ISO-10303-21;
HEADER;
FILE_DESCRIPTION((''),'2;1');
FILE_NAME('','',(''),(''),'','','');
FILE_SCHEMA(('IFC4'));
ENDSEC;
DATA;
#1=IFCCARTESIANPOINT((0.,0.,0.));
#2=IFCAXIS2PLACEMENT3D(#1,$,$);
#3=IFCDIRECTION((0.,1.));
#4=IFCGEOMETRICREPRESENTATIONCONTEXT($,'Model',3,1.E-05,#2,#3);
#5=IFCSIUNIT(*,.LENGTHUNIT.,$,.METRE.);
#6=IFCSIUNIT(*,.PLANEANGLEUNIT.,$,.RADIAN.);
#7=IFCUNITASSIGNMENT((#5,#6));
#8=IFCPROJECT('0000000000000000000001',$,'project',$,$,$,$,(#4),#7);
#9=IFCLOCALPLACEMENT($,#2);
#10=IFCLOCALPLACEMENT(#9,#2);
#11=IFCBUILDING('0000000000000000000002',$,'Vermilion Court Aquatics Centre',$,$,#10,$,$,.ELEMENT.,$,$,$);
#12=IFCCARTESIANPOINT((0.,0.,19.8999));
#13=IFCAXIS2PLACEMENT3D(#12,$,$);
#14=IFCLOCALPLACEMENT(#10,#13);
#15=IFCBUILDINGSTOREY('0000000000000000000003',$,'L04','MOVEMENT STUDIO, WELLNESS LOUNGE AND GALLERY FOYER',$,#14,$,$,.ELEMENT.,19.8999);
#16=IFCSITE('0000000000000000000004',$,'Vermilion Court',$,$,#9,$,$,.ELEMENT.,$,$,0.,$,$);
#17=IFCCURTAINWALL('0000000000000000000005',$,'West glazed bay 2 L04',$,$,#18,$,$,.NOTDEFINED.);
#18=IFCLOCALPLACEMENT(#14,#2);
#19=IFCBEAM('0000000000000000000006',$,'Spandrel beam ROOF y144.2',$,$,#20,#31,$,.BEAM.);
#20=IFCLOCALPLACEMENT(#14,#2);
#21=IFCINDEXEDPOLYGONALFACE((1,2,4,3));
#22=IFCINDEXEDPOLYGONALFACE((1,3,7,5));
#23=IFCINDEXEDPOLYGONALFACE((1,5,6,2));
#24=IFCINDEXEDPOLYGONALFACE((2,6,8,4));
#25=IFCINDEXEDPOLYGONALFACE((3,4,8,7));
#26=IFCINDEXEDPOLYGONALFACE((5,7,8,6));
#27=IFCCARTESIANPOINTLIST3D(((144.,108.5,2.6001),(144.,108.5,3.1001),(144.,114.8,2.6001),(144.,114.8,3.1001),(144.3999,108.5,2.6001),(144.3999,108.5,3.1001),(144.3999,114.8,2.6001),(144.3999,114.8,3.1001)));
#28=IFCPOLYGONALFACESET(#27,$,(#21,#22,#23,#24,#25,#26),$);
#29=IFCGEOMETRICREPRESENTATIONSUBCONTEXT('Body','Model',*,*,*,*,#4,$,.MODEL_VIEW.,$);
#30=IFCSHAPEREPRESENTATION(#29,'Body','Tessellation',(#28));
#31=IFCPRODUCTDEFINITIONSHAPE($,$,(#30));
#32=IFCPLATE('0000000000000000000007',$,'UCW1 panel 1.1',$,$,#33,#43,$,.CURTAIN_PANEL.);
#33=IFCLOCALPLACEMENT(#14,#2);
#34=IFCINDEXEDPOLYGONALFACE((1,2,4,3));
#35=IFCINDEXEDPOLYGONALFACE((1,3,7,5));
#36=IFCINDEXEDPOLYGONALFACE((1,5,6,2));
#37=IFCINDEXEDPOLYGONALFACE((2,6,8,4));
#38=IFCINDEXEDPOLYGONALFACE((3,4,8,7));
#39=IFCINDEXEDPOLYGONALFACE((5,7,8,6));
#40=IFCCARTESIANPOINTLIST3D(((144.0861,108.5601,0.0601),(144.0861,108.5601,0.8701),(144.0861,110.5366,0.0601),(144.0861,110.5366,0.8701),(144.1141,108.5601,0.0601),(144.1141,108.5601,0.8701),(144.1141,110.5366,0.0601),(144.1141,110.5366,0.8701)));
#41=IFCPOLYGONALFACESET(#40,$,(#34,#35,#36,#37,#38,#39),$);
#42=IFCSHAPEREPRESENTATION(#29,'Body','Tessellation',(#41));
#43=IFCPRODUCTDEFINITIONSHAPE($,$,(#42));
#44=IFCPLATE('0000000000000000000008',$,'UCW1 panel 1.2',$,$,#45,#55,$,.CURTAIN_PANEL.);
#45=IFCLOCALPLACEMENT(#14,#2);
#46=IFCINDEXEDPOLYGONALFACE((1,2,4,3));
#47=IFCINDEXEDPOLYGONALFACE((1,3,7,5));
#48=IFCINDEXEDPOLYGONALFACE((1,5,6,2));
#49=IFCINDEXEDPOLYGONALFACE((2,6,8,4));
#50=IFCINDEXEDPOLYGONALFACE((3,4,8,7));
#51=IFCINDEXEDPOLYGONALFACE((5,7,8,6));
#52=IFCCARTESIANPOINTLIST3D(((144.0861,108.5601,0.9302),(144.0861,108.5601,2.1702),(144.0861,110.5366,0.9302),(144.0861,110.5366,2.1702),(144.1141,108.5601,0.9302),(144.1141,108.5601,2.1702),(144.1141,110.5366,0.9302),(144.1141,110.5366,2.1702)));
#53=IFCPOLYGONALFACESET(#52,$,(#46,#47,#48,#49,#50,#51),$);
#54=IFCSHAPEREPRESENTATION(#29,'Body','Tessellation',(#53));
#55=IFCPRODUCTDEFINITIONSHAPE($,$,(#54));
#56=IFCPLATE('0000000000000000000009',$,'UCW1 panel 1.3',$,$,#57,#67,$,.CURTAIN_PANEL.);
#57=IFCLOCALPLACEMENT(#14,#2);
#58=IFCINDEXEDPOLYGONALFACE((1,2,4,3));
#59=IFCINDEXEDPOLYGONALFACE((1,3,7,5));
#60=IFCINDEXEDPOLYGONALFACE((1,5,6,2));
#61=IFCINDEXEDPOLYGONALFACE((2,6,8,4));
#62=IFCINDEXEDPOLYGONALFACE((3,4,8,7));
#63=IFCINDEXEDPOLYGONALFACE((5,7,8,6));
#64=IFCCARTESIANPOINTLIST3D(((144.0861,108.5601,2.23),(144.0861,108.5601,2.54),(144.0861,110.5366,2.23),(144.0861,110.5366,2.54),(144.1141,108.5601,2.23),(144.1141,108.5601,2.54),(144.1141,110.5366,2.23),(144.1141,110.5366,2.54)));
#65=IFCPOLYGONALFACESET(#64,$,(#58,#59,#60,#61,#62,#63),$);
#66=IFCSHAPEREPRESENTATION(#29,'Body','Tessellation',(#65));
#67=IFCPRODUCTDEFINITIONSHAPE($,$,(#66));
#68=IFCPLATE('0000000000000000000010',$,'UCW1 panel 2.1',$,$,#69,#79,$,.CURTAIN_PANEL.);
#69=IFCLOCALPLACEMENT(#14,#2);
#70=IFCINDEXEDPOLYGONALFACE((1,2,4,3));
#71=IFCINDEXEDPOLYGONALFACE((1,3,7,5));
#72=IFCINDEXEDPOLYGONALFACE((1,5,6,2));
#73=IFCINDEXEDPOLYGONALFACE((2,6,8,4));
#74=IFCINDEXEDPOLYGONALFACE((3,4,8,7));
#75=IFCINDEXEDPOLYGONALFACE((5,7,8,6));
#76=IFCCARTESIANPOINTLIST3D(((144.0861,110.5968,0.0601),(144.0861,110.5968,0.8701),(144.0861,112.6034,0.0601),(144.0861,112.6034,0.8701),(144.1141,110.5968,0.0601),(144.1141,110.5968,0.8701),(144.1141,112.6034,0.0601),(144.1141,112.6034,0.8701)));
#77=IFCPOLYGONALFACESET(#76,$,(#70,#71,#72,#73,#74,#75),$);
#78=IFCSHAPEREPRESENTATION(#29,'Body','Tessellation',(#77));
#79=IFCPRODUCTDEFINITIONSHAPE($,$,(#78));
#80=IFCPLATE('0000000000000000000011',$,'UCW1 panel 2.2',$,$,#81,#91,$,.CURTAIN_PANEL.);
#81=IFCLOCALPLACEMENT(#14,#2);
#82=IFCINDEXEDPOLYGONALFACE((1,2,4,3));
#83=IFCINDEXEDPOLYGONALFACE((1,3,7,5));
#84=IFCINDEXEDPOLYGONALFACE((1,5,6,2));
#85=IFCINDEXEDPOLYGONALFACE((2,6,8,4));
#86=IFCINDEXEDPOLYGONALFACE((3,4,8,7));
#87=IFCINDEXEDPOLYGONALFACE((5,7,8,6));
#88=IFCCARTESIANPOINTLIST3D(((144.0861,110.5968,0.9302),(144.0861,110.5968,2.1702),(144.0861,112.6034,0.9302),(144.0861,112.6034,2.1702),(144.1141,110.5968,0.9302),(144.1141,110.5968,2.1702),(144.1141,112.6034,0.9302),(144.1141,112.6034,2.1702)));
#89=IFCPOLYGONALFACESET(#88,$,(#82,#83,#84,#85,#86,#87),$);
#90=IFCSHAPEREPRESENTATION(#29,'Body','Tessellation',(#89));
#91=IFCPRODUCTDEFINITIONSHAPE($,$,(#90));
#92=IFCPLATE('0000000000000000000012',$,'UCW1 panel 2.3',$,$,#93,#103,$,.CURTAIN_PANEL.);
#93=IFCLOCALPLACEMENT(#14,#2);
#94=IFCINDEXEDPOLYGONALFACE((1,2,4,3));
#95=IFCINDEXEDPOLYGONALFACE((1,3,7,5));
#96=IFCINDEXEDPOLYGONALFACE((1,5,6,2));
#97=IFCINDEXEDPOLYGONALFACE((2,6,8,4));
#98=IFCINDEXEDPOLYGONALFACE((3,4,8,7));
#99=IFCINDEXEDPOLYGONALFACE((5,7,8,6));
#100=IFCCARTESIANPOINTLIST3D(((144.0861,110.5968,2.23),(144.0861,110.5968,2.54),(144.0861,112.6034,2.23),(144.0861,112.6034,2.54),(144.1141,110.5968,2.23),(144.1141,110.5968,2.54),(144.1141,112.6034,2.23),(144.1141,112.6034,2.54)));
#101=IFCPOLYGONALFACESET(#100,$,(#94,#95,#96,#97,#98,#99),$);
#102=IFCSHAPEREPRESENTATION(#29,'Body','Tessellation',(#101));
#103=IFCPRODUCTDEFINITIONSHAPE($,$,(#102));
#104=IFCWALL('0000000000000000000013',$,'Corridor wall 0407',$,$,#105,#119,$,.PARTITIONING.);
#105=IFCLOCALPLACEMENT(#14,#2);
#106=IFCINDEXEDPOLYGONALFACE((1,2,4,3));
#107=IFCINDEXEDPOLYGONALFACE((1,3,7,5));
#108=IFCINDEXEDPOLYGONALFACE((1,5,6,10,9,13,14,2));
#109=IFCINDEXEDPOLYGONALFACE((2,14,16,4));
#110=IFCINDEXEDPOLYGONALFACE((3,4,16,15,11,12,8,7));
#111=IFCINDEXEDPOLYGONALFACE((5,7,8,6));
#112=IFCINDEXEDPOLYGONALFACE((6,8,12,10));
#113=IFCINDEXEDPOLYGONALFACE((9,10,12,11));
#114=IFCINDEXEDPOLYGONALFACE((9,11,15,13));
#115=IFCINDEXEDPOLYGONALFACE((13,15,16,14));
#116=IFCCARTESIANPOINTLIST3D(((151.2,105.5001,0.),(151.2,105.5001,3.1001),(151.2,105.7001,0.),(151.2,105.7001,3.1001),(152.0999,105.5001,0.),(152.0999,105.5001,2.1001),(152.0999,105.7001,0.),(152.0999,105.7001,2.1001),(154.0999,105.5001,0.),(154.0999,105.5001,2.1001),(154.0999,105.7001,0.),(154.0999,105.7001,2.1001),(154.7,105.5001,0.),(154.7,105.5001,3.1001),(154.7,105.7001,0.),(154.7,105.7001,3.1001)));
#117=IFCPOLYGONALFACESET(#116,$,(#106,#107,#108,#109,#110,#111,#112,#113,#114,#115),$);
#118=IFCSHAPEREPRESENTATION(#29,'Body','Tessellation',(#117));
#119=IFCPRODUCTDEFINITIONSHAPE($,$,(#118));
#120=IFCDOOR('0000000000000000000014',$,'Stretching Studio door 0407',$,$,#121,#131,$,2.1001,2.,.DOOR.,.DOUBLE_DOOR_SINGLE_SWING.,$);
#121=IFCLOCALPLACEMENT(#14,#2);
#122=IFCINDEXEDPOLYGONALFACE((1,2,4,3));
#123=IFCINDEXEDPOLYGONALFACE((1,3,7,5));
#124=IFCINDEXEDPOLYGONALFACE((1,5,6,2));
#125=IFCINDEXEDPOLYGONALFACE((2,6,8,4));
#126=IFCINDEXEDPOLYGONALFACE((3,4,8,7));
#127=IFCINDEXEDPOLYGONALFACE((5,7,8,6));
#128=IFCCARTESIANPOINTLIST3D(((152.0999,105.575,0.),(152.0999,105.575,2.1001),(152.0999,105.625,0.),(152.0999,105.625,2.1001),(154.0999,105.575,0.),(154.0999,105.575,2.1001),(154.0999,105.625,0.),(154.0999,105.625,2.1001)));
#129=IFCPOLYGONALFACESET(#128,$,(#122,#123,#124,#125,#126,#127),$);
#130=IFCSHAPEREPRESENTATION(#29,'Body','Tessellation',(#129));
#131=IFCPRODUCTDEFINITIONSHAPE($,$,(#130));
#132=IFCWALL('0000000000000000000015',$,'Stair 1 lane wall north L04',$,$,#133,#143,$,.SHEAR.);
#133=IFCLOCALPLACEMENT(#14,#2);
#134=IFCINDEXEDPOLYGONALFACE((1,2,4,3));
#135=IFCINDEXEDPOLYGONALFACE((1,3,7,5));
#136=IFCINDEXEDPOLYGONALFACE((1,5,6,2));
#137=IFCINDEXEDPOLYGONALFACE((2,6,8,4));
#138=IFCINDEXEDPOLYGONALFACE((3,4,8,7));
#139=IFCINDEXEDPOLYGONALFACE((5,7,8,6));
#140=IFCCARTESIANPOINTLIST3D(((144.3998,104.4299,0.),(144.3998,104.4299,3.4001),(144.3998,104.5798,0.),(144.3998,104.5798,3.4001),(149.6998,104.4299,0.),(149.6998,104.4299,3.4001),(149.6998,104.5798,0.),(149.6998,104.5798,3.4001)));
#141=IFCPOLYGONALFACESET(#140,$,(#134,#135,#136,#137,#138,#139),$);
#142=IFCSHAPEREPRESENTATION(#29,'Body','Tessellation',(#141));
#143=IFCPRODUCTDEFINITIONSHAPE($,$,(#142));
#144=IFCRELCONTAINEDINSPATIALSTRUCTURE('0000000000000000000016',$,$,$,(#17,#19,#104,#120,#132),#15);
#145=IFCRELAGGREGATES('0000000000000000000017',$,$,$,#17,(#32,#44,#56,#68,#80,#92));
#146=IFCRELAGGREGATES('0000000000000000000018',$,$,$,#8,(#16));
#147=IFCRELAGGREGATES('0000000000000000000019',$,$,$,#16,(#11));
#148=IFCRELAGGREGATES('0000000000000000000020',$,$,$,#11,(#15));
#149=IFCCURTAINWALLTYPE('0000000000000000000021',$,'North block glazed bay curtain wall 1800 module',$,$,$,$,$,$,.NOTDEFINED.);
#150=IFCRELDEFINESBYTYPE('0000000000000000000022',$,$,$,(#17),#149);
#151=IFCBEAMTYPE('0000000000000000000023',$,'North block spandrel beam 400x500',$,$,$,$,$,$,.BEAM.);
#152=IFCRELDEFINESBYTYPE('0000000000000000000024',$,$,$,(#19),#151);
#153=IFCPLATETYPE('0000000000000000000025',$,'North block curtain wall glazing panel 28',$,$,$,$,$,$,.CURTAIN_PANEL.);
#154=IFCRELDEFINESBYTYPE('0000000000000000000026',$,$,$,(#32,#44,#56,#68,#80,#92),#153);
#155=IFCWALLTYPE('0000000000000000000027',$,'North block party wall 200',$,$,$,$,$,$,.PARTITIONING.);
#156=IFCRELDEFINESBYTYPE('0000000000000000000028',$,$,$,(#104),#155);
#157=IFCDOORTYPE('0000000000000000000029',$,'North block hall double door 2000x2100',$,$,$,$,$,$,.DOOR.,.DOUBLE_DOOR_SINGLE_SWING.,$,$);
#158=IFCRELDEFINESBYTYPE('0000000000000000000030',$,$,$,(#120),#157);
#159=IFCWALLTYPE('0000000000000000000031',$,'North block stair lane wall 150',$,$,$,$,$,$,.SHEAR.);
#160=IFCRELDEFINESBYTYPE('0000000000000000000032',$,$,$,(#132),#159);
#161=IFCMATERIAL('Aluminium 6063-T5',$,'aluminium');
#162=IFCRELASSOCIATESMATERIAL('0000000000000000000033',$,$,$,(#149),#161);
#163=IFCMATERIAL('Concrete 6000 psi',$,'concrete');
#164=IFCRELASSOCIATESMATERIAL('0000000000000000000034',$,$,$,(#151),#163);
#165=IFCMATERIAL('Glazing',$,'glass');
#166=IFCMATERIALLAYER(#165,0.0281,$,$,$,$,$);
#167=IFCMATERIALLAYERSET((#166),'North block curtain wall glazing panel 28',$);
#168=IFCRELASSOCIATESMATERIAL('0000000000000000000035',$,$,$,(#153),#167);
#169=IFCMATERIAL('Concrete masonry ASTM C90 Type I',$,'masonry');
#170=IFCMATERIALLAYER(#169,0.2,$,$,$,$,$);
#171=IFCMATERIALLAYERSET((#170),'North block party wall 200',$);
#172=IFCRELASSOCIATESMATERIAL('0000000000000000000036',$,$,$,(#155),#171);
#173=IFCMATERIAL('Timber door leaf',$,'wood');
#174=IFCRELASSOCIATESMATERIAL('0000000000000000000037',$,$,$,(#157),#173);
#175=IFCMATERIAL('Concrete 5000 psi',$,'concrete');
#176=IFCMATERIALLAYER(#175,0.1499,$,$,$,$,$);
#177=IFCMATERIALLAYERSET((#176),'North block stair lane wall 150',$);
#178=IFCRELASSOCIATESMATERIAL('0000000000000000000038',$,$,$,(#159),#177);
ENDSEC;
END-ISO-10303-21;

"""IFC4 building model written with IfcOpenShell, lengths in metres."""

from ifc_helpers import new_model, si_unit, direction, frame, frame_2d, origin, origin_2d, place, context, subcontext, project, spatial, rectangle, extrude, material, layer, layer_set, material_profile, profile_set, type_object, element, fill, aggregate, save


model = new_model("IFC4")

# Units and contexts
model_context = context("Model", 3, precision=1e-05, world=origin(), true_north=direction((0.0, 1.0)))
body_context = subcontext(model_context, "Body", "Model", "MODEL_VIEW")
ifc_project = project(units=[si_unit("LENGTHUNIT", "METRE"), si_unit("PLANEANGLEUNIT", "RADIAN")], contexts=[model_context])

# Site, building, storey
site_placement = place(None, origin())
site = spatial("IfcSite", under=ifc_project, at=site_placement, Name="Vermilion Court", CompositionType="ELEMENT", RefElevation=0.0)
building_placement = place(site_placement, origin())
building = spatial("IfcBuilding", under=site, at=building_placement, Name="Vermilion Court Aquatics Centre", CompositionType="ELEMENT")
storey_placement = place(building_placement, frame((0.0, 0.0, 19.8999)))
storey = spatial("IfcBuildingStorey", under=building, at=storey_placement, Name="L04", Description="MOVEMENT STUDIO, WELLNESS LOUNGE AND GALLERY FOYER", CompositionType="ELEMENT", Elevation=19.8999)

# Curtain wall
ifc_material_1 = material(Name="Aluminium 6063-T5", Category="aluminium")
curtain_wall_type = type_object("IfcCurtainWallType", Name="North block glazed bay curtain wall 1800 module", PredefinedType="NOTDEFINED", material=ifc_material_1)
curtain_wall_placement = place(storey_placement, origin())
curtain_wall = element("IfcCurtainWall", 1, at=curtain_wall_placement, inside=storey, type_object=curtain_wall_type, Name="West glazed bay 2 L04", PredefinedType="NOTDEFINED")

# Beam
ifc_material_2 = material(Name="Concrete 6000 psi", Category="concrete")
ifc_material_profile_1 = material_profile(ifc_material_2, rectangle(XDim=0.3999, YDim=0.5, at=origin_2d()), Name="RC 400x500")
ifc_profile_set_1 = profile_set([ifc_material_profile_1], Name="Concrete 6000 psi")
beam_type_1 = type_object("IfcBeamType", Name="North block spandrel beam 400x500", PredefinedType="BEAM", material=ifc_profile_set_1)
beam_1_placement = place(storey_placement, frame((144.2, 108.5, 2.8501), z_axis=(0.0, 1.0, 0.0), x_axis=(-1.0, 0.0, 0.0)))
element("IfcBeam", 2, at=beam_1_placement, inside=storey, type_object=beam_type_1, Name="Spandrel beam ROOF y144.2", PredefinedType="BEAM", context=body_context, shape_type="SweptSolid", body=[
    extrude(rectangle(XDim=0.3999, YDim=0.5, at=origin_2d()), origin(), (0.0, 0.0, 1.0), 6.3),
])

# Plates
ifc_material_3 = material(Name="Glazing", Category="glass")
ifc_layer_1 = layer(ifc_material_3, 0.0281)
ifc_layer_set_1 = layer_set([ifc_layer_1], Name="North block curtain wall glazing panel 28")
plate_type = type_object("IfcPlateType", Name="North block curtain wall glazing panel 28", PredefinedType="CURTAIN_PANEL", material=ifc_layer_set_1)
plate_1_placement = place(storey_placement, frame((144.1001, 109.5483, 0.0601), z_axis=(0.0, 0.0, 1.0), x_axis=(0.0, 1.0, 0.0)))
plate_1 = element("IfcPlate", 3, at=plate_1_placement, type_object=plate_type, Name="UCW1 panel 1.1", PredefinedType="CURTAIN_PANEL", context=body_context, shape_type="SweptSolid", body=[
    extrude(rectangle(XDim=1.9766, YDim=0.0281, at=origin_2d()), origin(), (0.0, 0.0, 1.0), 0.8101),
])
plate_2_placement = place(storey_placement, frame((144.1001, 109.5483, 0.9302), z_axis=(0.0, 0.0, 1.0), x_axis=(0.0, 1.0, 0.0)))
plate_2 = element("IfcPlate", 4, at=plate_2_placement, type_object=plate_type, Name="UCW1 panel 1.2", PredefinedType="CURTAIN_PANEL", context=body_context, shape_type="SweptSolid", body=[
    extrude(rectangle(XDim=1.9766, YDim=0.0281, at=origin_2d()), origin(), (0.0, 0.0, 1.0), 1.24),
])
plate_3_placement = place(storey_placement, frame((144.1001, 109.5483, 2.23), z_axis=(0.0, 0.0, 1.0), x_axis=(0.0, 1.0, 0.0)))
plate_3 = element("IfcPlate", 5, at=plate_3_placement, type_object=plate_type, Name="UCW1 panel 1.3", PredefinedType="CURTAIN_PANEL", context=body_context, shape_type="SweptSolid", body=[
    extrude(rectangle(XDim=1.9766, YDim=0.0281, at=origin_2d()), origin(), (0.0, 0.0, 1.0), 0.3101),
])
plate_4_placement = place(storey_placement, frame((144.1001, 111.6001, 0.0601), z_axis=(0.0, 0.0, 1.0), x_axis=(0.0, 1.0, 0.0)))
plate_4 = element("IfcPlate", 6, at=plate_4_placement, type_object=plate_type, Name="UCW1 panel 2.1", PredefinedType="CURTAIN_PANEL", context=body_context, shape_type="SweptSolid", body=[
    extrude(rectangle(XDim=2.0066, YDim=0.0281, at=origin_2d()), origin(), (0.0, 0.0, 1.0), 0.8101),
])
plate_5_placement = place(storey_placement, frame((144.1001, 111.6001, 0.9302), z_axis=(0.0, 0.0, 1.0), x_axis=(0.0, 1.0, 0.0)))
plate_5 = element("IfcPlate", 7, at=plate_5_placement, type_object=plate_type, Name="UCW1 panel 2.2", PredefinedType="CURTAIN_PANEL", context=body_context, shape_type="SweptSolid", body=[
    extrude(rectangle(XDim=2.0066, YDim=0.0281, at=origin_2d()), origin(), (0.0, 0.0, 1.0), 1.24),
])
plate_6_placement = place(storey_placement, frame((144.1001, 111.6001, 2.23), z_axis=(0.0, 0.0, 1.0), x_axis=(0.0, 1.0, 0.0)))
plate_6 = element("IfcPlate", 8, at=plate_6_placement, type_object=plate_type, Name="UCW1 panel 2.3", PredefinedType="CURTAIN_PANEL", context=body_context, shape_type="SweptSolid", body=[
    extrude(rectangle(XDim=2.0066, YDim=0.0281, at=origin_2d()), origin(), (0.0, 0.0, 1.0), 0.3101),
])
aggregate(curtain_wall, [plate_1, plate_2, plate_3, plate_4, plate_5, plate_6])

# Wall, opening, door
ifc_material_4 = material(Name="Concrete masonry ASTM C90 Type I", Category="masonry")
ifc_layer_2 = layer(ifc_material_4, 0.2)
ifc_layer_set_2 = layer_set([ifc_layer_2], Name="North block party wall 200")
wall_type_1 = type_object("IfcWallType", Name="North block party wall 200", PredefinedType="PARTITIONING", material=ifc_layer_set_2)
wall_1_placement = place(storey_placement, frame((151.2, 105.6001, 0.0), z_axis=(0.0, 0.0, 1.0), x_axis=(1.0, 0.0, 0.0)))
wall_1 = element("IfcWall", 9, at=wall_1_placement, inside=storey, type_object=wall_type_1, Name="Corridor wall 0407", PredefinedType="PARTITIONING", context=body_context, shape_type="SweptSolid", body=[
    extrude(rectangle(XDim=3.5, YDim=0.2, at=frame_2d((1.75, 0.0))), origin(), (0.0, 0.0, 1.0), 3.1001),
])
opening_placement = place(wall_1_placement, frame((0.8999, 0.0, 0.0)))
opening = element("IfcOpeningElement", 10, at=opening_placement, cuts=wall_1, PredefinedType="OPENING", context=body_context, shape_type="SweptSolid", body=[
    extrude(rectangle(XDim=2.0, YDim=2.1001, at=frame_2d((1.0, 1.05))), frame((0.0, 0.1099, 0.0), z_axis=(0.0, -1.0, 0.0), x_axis=(1.0, 0.0, 0.0)), (0.0, 0.0, 1.0), 0.22),
])
ifc_material_5 = material(Name="Timber door leaf", Category="wood")
door_type = type_object("IfcDoorType", Name="North block hall double door 2000x2100", OperationType="DOUBLE_DOOR_SINGLE_SWING", PredefinedType="DOOR", material=ifc_material_5)
door_placement = place(opening_placement, frame((2.0, 0.0, 0.0), z_axis=(0.0, 0.0, 1.0), x_axis=(-1.0, 0.0, 0.0)))
door = element("IfcDoor", 11, at=door_placement, inside=storey, type_object=door_type, Name="Stretching Studio door 0407", OperationType="DOUBLE_DOOR_SINGLE_SWING", OverallHeight=2.1001, OverallWidth=2.0, PredefinedType="DOOR", context=body_context, shape_type="SweptSolid", body=[
    extrude(rectangle(XDim=2.0, YDim=2.1001, at=frame_2d((1.0, 1.05))), frame((0.0, 0.0251, 0.0), z_axis=(0.0, -1.0, 0.0), x_axis=(1.0, 0.0, 0.0)), (0.0, 0.0, 1.0), 0.05),
])
fill(opening, door)

# Wall
ifc_material_6 = material(Name="Concrete 5000 psi", Category="concrete")
ifc_layer_3 = layer(ifc_material_6, 0.1499)
ifc_layer_set_3 = layer_set([ifc_layer_3], Name="North block stair lane wall 150")
wall_type_2 = type_object("IfcWallType", Name="North block stair lane wall 150", PredefinedType="SHEAR", material=ifc_layer_set_3)
wall_2_placement = place(storey_placement, frame((144.3999, 104.5049, 0.0), z_axis=(0.0, 0.0, 1.0), x_axis=(1.0, 0.0, 0.0)))
element("IfcWall", 12, at=wall_2_placement, inside=storey, type_object=wall_type_2, Name="Stair 1 lane wall north L04", PredefinedType="SHEAR", context=body_context, shape_type="SweptSolid", body=[
    extrude(rectangle(XDim=5.3, YDim=0.1499, at=frame_2d((2.6499, 0.0))), origin(), (0.0, 0.0, 1.0), 3.4001),
])

save(model, "model.ifc")
